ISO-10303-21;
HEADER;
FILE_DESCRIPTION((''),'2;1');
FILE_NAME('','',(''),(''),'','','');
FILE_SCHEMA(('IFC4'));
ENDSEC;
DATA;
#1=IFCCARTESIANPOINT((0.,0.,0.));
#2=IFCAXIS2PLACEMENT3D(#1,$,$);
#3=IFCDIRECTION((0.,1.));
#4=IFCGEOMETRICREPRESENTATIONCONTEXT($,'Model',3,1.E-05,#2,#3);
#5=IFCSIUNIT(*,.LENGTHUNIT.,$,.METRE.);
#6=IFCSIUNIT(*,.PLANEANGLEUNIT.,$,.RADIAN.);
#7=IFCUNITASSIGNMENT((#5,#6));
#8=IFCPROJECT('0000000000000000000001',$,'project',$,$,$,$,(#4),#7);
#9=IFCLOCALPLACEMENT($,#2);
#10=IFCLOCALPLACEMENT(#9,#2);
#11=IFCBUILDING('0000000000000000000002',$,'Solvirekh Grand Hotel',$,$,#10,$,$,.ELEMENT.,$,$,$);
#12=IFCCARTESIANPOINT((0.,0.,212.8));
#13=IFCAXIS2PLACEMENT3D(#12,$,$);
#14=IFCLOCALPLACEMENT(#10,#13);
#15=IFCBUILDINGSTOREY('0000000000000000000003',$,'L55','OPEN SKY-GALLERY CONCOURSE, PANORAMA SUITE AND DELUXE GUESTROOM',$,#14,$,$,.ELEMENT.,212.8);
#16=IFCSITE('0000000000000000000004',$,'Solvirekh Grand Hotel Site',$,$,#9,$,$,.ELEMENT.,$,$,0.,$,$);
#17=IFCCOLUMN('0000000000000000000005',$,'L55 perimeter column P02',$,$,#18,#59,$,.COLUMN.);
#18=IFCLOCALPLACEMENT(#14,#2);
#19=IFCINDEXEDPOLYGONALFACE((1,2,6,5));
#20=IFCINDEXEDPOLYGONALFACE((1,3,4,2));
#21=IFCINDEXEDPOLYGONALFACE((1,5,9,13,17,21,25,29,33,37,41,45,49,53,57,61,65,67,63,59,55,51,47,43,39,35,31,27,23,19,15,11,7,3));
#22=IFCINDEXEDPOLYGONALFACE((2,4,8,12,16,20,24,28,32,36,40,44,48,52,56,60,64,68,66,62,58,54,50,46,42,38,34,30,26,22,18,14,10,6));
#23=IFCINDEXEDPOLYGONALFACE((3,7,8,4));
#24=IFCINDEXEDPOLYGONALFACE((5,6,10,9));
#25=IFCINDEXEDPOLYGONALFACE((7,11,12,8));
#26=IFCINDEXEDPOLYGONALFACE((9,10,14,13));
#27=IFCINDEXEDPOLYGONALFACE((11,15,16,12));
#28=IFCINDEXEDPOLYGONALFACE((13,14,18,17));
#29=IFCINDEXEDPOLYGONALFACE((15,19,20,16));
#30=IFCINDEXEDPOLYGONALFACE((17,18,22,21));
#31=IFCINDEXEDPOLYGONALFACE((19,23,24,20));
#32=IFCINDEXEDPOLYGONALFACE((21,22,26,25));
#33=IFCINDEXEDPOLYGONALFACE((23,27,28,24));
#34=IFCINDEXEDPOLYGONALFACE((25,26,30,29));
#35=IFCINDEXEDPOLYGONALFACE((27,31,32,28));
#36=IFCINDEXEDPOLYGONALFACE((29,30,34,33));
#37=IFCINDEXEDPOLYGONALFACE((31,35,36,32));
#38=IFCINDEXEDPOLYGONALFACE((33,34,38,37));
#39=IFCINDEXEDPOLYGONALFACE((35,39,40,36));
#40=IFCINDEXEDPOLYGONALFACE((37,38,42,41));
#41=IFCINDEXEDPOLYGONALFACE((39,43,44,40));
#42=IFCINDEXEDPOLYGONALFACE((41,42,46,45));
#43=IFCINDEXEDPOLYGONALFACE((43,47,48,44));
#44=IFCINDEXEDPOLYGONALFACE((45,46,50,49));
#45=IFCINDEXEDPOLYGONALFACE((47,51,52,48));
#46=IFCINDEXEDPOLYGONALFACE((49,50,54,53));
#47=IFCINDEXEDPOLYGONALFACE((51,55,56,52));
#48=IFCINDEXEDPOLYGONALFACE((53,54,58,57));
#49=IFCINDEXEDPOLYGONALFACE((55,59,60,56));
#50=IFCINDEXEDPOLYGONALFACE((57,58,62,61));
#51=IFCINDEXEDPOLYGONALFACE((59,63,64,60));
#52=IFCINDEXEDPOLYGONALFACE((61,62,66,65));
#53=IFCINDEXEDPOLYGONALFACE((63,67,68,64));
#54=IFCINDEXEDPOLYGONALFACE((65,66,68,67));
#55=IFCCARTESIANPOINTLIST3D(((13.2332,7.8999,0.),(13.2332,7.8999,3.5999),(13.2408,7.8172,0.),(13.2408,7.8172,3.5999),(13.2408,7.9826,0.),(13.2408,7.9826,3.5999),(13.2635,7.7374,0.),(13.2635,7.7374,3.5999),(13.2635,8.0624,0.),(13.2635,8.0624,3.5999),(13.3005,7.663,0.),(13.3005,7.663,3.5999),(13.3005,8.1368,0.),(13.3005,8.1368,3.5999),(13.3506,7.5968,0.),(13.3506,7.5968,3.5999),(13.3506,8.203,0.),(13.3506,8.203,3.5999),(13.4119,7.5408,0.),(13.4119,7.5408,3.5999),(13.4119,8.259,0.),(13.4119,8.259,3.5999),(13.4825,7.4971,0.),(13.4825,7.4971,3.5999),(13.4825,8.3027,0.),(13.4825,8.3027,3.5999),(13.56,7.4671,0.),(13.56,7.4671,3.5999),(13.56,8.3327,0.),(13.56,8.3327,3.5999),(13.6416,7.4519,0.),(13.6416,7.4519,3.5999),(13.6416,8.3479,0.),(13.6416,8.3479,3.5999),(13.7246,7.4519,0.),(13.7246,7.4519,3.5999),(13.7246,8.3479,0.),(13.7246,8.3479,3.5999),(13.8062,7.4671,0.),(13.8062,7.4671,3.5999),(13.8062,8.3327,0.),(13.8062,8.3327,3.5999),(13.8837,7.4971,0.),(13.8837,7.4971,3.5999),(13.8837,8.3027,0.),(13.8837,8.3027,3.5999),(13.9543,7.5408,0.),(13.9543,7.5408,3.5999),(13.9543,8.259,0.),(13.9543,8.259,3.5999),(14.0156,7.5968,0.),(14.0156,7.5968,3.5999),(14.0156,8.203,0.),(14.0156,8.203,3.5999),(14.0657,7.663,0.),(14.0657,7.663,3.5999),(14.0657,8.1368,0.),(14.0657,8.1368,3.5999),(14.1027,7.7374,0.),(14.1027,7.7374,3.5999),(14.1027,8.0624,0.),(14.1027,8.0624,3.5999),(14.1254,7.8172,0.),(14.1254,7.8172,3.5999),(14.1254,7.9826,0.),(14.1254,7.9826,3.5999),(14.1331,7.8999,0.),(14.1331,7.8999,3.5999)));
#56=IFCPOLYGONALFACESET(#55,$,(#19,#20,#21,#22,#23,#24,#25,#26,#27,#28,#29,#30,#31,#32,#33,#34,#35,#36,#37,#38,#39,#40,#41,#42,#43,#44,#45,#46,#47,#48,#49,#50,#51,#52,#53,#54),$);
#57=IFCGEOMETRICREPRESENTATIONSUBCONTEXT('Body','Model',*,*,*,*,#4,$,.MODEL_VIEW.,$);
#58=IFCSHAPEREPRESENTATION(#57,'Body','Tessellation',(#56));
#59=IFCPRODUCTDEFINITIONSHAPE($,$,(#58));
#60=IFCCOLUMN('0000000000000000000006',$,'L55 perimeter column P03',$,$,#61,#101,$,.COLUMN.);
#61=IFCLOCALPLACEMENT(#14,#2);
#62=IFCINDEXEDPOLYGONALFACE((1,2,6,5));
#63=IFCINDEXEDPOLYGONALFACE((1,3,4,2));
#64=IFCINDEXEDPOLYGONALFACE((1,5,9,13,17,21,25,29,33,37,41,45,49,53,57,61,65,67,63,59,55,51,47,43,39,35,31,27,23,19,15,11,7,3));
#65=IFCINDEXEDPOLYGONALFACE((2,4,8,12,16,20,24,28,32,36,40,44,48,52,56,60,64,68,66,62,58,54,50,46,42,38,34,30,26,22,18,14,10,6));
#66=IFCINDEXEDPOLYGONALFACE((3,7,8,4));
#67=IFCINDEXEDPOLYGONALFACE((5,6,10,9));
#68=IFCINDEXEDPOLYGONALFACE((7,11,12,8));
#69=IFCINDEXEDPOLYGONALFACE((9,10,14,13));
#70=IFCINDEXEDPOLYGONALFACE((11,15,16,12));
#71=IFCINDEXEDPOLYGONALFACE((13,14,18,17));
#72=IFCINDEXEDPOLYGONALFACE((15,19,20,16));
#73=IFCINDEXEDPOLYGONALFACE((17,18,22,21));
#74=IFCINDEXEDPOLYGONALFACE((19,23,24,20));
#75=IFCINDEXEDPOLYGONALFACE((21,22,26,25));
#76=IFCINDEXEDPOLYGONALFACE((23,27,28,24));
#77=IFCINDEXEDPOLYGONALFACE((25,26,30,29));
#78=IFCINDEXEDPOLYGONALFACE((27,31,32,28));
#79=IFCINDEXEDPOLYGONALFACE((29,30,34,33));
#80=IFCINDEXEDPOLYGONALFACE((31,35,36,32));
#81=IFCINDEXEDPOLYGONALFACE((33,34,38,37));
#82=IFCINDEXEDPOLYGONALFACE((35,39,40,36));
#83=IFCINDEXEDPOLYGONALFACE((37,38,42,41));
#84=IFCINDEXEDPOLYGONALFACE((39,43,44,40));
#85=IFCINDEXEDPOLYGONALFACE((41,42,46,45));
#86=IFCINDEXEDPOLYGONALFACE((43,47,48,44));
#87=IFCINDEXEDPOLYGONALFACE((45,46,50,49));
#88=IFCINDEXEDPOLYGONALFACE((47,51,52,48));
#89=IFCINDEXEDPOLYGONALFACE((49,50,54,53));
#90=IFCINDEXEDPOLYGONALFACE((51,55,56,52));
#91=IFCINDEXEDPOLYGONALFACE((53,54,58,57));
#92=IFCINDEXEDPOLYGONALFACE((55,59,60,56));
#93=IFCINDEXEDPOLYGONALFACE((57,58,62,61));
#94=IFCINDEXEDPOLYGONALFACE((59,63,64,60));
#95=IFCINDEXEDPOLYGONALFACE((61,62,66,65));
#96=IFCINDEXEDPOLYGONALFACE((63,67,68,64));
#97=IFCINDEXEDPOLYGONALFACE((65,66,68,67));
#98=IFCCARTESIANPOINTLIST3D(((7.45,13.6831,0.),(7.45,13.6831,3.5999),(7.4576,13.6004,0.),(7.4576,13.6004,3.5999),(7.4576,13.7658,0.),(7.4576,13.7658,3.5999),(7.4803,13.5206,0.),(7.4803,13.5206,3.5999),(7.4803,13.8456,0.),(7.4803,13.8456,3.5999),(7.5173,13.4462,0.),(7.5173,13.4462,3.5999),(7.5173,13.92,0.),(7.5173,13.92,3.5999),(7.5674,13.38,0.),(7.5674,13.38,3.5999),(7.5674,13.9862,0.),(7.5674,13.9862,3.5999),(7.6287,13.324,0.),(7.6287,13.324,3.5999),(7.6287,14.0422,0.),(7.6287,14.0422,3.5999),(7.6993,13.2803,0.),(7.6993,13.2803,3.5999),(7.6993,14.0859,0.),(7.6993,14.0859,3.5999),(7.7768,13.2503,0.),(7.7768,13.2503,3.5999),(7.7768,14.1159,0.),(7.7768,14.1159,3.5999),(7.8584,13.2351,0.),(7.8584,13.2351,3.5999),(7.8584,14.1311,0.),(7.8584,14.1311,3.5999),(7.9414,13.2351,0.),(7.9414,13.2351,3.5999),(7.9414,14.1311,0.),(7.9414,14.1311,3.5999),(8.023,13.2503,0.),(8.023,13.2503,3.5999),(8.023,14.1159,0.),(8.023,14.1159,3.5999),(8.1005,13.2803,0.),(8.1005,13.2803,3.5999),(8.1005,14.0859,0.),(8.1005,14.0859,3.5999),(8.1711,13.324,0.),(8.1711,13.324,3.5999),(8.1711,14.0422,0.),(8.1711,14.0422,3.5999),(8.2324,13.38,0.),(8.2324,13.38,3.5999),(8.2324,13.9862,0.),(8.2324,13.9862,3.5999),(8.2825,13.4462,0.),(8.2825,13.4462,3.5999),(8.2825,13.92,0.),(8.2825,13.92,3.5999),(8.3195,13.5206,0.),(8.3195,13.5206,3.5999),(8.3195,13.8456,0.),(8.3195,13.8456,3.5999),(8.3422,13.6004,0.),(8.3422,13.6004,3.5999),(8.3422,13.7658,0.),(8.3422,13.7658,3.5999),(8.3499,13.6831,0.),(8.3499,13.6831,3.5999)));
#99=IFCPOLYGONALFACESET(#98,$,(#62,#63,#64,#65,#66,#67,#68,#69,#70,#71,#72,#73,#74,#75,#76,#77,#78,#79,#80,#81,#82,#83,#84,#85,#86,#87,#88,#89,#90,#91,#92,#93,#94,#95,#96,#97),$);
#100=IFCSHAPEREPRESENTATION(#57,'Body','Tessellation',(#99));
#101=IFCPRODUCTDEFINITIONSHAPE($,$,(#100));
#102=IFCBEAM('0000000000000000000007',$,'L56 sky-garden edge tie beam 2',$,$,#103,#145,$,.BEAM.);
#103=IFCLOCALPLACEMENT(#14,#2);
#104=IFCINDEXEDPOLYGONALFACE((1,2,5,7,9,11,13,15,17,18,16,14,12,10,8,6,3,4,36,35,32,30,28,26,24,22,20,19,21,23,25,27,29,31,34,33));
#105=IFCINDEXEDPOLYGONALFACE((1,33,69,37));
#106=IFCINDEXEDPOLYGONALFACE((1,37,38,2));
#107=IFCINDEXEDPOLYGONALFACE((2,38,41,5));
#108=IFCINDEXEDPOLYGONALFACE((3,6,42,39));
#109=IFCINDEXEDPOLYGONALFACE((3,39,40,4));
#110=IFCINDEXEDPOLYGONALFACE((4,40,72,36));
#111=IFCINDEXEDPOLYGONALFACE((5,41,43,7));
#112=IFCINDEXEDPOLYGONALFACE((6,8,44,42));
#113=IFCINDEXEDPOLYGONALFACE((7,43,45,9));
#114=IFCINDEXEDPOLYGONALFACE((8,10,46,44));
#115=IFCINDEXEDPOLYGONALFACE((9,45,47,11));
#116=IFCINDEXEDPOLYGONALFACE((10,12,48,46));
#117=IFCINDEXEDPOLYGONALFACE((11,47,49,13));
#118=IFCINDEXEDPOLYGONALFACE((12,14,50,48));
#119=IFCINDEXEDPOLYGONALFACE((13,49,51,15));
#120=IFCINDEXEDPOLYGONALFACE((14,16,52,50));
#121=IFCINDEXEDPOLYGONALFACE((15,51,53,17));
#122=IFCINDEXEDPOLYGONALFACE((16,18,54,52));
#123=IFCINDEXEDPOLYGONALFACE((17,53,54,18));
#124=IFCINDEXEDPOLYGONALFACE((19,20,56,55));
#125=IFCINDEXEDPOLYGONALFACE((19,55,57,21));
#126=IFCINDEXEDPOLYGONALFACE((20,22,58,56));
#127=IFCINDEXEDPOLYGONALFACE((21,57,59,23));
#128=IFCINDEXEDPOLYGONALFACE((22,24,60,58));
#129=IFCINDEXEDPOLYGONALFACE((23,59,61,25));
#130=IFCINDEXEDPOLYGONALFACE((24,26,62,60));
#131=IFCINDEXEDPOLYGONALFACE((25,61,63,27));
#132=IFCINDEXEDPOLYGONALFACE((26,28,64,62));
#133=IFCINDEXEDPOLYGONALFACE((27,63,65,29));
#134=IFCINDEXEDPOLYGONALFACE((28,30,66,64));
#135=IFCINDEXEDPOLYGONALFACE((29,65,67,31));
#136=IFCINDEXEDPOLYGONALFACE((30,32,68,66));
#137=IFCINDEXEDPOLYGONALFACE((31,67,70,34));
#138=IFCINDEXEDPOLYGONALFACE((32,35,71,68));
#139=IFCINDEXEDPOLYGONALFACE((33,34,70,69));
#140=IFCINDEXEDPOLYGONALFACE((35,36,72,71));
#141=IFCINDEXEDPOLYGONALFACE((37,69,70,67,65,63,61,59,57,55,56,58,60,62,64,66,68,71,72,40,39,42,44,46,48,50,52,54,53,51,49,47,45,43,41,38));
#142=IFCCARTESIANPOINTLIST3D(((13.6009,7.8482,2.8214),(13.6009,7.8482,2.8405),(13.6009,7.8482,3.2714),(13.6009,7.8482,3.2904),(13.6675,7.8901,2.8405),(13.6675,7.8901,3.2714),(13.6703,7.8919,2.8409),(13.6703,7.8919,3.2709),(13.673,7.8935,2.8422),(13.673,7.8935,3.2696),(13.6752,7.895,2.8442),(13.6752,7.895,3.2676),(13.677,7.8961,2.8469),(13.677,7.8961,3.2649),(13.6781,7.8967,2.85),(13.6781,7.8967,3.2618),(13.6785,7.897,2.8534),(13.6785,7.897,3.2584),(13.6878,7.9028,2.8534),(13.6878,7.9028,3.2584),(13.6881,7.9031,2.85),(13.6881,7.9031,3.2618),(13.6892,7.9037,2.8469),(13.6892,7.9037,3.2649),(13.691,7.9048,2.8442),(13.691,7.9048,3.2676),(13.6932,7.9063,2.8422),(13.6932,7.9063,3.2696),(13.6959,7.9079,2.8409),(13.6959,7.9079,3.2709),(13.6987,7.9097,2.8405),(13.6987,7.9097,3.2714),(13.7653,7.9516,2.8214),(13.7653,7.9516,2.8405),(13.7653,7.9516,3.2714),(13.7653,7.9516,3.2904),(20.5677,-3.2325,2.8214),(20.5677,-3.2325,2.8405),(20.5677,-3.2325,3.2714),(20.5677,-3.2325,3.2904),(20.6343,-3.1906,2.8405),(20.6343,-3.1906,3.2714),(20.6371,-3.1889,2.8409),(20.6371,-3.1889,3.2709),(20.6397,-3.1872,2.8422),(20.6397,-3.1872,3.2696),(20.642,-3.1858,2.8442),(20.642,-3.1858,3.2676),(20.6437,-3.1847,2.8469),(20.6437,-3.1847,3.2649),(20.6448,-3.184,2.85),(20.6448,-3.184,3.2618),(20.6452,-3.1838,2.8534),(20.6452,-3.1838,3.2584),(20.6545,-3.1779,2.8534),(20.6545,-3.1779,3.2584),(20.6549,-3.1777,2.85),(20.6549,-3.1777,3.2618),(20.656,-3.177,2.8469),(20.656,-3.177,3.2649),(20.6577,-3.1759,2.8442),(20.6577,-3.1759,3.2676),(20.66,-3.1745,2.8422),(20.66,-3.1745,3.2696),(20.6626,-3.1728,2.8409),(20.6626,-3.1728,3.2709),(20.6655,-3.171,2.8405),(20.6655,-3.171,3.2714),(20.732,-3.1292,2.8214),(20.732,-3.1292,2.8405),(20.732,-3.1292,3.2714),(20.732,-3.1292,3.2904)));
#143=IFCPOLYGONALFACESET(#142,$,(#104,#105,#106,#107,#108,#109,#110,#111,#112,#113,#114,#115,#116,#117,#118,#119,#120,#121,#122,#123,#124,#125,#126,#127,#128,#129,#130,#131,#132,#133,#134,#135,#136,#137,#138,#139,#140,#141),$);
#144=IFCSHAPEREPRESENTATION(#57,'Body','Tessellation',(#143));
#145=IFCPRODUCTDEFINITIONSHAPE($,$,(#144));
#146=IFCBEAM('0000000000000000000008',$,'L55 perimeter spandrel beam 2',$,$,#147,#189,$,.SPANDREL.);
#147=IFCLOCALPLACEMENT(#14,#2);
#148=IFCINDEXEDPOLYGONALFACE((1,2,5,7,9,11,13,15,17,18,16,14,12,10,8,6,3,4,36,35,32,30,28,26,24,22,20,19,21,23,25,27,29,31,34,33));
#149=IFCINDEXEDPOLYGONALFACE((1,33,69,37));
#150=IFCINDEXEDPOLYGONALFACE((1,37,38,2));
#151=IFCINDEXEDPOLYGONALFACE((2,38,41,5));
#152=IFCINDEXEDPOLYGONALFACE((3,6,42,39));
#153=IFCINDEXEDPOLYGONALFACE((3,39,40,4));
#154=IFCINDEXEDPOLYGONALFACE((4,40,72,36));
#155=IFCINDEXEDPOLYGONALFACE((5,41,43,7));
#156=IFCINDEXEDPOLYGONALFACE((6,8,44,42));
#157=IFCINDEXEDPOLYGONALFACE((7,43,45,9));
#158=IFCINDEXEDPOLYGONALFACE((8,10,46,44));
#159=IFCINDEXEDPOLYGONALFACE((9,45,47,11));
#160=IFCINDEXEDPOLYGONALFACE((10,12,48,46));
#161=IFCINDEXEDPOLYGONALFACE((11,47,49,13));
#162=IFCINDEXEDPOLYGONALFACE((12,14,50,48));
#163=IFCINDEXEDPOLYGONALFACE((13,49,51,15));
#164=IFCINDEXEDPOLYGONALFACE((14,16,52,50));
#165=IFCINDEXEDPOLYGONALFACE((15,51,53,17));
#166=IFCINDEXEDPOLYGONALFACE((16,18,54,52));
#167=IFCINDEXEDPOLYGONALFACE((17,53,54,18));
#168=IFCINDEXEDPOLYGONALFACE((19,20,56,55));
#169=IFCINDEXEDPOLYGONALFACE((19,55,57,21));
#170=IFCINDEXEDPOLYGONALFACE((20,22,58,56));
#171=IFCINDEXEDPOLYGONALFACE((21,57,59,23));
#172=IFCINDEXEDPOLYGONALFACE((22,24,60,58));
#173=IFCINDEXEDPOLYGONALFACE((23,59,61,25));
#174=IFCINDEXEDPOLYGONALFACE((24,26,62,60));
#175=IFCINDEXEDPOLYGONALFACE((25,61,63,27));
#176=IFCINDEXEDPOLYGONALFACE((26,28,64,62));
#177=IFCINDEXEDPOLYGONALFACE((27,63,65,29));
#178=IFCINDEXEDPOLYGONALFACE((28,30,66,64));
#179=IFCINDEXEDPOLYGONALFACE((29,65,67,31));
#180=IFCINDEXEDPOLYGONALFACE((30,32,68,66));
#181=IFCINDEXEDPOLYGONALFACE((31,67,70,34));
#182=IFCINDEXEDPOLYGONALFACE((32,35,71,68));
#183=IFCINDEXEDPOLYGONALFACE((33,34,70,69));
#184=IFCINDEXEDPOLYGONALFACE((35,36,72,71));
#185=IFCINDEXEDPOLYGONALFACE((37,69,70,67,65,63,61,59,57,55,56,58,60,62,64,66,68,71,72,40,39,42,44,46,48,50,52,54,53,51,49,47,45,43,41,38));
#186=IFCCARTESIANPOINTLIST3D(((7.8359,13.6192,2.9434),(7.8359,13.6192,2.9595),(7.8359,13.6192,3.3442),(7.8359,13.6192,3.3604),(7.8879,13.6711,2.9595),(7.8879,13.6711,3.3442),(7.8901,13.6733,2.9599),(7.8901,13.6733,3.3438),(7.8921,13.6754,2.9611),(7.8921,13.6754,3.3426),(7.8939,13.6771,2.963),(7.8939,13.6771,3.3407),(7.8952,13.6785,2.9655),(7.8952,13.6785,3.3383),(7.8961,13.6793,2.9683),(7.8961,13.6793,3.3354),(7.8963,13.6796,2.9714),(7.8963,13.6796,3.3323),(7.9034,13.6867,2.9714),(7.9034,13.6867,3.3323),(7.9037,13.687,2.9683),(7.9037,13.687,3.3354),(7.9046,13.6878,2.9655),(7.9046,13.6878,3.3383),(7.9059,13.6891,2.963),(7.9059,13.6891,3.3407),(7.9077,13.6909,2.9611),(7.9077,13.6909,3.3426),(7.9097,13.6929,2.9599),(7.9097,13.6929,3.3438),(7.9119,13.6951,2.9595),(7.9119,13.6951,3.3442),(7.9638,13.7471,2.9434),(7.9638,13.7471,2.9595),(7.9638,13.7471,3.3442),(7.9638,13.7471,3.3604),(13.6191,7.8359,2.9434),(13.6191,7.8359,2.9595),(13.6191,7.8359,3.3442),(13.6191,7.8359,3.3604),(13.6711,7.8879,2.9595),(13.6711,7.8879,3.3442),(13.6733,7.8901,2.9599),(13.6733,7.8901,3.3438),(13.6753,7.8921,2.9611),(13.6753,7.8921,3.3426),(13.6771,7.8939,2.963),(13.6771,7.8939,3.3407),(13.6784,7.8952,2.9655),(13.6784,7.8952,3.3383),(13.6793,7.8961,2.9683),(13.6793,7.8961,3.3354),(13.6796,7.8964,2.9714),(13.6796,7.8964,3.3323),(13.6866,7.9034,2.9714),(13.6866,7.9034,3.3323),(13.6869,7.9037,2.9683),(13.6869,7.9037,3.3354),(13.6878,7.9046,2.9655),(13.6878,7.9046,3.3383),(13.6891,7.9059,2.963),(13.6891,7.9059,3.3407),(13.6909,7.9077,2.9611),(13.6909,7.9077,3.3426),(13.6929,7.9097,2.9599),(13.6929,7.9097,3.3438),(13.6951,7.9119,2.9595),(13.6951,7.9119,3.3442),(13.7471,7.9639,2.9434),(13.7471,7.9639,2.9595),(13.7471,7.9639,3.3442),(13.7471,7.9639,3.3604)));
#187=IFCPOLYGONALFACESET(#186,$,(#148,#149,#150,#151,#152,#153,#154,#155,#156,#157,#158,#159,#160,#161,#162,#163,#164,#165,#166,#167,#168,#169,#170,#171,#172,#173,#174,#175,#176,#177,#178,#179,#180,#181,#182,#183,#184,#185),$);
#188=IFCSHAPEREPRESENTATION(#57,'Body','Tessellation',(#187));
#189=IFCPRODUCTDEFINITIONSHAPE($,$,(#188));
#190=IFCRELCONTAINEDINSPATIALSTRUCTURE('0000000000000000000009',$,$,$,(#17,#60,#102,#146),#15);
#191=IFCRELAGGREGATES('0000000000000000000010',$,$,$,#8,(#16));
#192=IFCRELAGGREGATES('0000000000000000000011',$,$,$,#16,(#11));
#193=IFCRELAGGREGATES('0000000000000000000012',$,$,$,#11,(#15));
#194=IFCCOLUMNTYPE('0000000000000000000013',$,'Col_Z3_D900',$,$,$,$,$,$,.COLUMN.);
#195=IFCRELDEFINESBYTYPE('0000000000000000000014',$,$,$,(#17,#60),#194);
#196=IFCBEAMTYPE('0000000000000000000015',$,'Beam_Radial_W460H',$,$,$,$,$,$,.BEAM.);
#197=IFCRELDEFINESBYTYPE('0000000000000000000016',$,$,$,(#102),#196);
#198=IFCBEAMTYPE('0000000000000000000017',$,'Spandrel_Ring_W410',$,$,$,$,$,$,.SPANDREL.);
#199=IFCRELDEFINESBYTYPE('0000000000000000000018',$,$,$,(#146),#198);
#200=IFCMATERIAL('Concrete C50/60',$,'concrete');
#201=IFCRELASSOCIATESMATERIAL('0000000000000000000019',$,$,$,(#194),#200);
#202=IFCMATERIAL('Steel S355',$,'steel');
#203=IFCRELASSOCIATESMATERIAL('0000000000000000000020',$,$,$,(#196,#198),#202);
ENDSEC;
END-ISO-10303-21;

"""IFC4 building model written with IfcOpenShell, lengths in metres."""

from ifc_helpers import new_model, si_unit, direction, frame, origin, origin_2d, place, context, subcontext, project, spatial, circle, i_section, extrude, material, material_profile, profile_set, type_object, element, save


model = new_model("IFC4")

# Units and contexts
model_context = context("Model", 3, precision=1e-05, world=origin(), true_north=direction((0.0, 1.0)))
body_context = subcontext(model_context, "Body", "Model", "MODEL_VIEW")
ifc_project = project(units=[si_unit("LENGTHUNIT", "METRE"), si_unit("PLANEANGLEUNIT", "RADIAN")], contexts=[model_context])

# Site, building, storey
site_placement = place(None, origin())
site = spatial("IfcSite", under=ifc_project, at=site_placement, Name="Solvirekh Grand Hotel Site", CompositionType="ELEMENT", RefElevation=0.0)
building_placement = place(site_placement, origin())
building = spatial("IfcBuilding", under=site, at=building_placement, Name="Solvirekh Grand Hotel", CompositionType="ELEMENT")
storey_placement = place(building_placement, frame((0.0, 0.0, 212.8)))
storey = spatial("IfcBuildingStorey", under=building, at=storey_placement, Name="L55", Description="OPEN SKY-GALLERY CONCOURSE, PANORAMA SUITE AND DELUXE GUESTROOM", CompositionType="ELEMENT", Elevation=212.8)

# Columns
ifc_material_1 = material(Name="Concrete C50/60", Category="concrete")
ifc_material_profile_1 = material_profile(ifc_material_1, circle(Radius=0.45, at=origin_2d()), Name="RC CIRC D900")
ifc_profile_set_1 = profile_set([ifc_material_profile_1], Name="Concrete C50/60")
column_type = type_object("IfcColumnType", Name="Col_Z3_D900", PredefinedType="COLUMN", material=ifc_profile_set_1)
for number, where, z_axis, x_axis, name in (
    (1, (13.6831, 7.8999, 0.0), (0.0, 0.0, 1.0), (1.0, 0.0, 0.0), "L55 perimeter column P02"),
    (2, (7.8999, 13.6831, 0.0), (0.0, 0.0, 1.0), (1.0, 0.0, 0.0), "L55 perimeter column P03"),
):
    element("IfcColumn", number, at=place(storey_placement, frame(where, z_axis=z_axis, x_axis=x_axis)), inside=storey, type_object=column_type, Name=name, PredefinedType="COLUMN", context=body_context, shape_type="SweptSolid", body=[
        extrude(circle(Radius=0.45, at=origin_2d()), origin(), (0.0, 0.0, 1.0), 3.5999),
    ])

# Beams
ifc_material_2 = material(Name="Steel S355", Category="steel")
ifc_material_profile_2 = material_profile(ifc_material_2, i_section(OverallWidth=0.1941, OverallDepth=0.469, WebThickness=0.011, FlangeThickness=0.019, FilletRadius=0.0129, at=origin_2d()), Name="W460X106")
ifc_profile_set_2 = profile_set([ifc_material_profile_2], Name="Steel S355")
beam_type_1 = type_object("IfcBeamType", Name="Beam_Radial_W460H", PredefinedType="BEAM", material=ifc_profile_set_2)
beam_placement = place(storey_placement, frame((13.6831, 7.8999, 3.0559), z_axis=(0.532266, -0.846577, 0.0), x_axis=(0.846577, 0.532266, 0.0)))
element("IfcBeam", 3, at=beam_placement, inside=storey, type_object=beam_type_1, Name="L56 sky-garden edge tie beam 2", PredefinedType="BEAM", context=body_context, shape_type="SweptSolid", body=[
    extrude(i_section(OverallWidth=0.1941, OverallDepth=0.469, WebThickness=0.011, FlangeThickness=0.019, FilletRadius=0.0129, at=origin_2d()), origin(), (0.0, 0.0, 1.0), 13.0889),
])
ifc_material_profile_3 = material_profile(ifc_material_2, i_section(OverallWidth=0.1809, OverallDepth=0.417, WebThickness=0.01, FlangeThickness=0.0161, FilletRadius=0.012, at=origin_2d()), Name="W410X85")
ifc_profile_set_3 = profile_set([ifc_material_profile_3], Name="Steel S355")
beam_type_2 = type_object("IfcBeamType", Name="Spandrel_Ring_W410", PredefinedType="SPANDREL", material=ifc_profile_set_3)
for number, where, z_axis, x_axis, name in (
    (4, (13.6831, 7.8999, 3.1519), (-0.707107, 0.707107, 0.0), (-0.707107, -0.707107, 0.0), "L55 perimeter spandrel beam 2"),
):
    element("IfcBeam", number, at=place(storey_placement, frame(where, z_axis=z_axis, x_axis=x_axis)), inside=storey, type_object=beam_type_2, Name=name, PredefinedType="SPANDREL", context=body_context, shape_type="SweptSolid", body=[
        extrude(i_section(OverallWidth=0.1809, OverallDepth=0.417, WebThickness=0.01, FlangeThickness=0.0161, FilletRadius=0.012, at=origin_2d()), origin(), (0.0, 0.0, 1.0), 8.1787),
    ])

save(model, "model.ifc")
